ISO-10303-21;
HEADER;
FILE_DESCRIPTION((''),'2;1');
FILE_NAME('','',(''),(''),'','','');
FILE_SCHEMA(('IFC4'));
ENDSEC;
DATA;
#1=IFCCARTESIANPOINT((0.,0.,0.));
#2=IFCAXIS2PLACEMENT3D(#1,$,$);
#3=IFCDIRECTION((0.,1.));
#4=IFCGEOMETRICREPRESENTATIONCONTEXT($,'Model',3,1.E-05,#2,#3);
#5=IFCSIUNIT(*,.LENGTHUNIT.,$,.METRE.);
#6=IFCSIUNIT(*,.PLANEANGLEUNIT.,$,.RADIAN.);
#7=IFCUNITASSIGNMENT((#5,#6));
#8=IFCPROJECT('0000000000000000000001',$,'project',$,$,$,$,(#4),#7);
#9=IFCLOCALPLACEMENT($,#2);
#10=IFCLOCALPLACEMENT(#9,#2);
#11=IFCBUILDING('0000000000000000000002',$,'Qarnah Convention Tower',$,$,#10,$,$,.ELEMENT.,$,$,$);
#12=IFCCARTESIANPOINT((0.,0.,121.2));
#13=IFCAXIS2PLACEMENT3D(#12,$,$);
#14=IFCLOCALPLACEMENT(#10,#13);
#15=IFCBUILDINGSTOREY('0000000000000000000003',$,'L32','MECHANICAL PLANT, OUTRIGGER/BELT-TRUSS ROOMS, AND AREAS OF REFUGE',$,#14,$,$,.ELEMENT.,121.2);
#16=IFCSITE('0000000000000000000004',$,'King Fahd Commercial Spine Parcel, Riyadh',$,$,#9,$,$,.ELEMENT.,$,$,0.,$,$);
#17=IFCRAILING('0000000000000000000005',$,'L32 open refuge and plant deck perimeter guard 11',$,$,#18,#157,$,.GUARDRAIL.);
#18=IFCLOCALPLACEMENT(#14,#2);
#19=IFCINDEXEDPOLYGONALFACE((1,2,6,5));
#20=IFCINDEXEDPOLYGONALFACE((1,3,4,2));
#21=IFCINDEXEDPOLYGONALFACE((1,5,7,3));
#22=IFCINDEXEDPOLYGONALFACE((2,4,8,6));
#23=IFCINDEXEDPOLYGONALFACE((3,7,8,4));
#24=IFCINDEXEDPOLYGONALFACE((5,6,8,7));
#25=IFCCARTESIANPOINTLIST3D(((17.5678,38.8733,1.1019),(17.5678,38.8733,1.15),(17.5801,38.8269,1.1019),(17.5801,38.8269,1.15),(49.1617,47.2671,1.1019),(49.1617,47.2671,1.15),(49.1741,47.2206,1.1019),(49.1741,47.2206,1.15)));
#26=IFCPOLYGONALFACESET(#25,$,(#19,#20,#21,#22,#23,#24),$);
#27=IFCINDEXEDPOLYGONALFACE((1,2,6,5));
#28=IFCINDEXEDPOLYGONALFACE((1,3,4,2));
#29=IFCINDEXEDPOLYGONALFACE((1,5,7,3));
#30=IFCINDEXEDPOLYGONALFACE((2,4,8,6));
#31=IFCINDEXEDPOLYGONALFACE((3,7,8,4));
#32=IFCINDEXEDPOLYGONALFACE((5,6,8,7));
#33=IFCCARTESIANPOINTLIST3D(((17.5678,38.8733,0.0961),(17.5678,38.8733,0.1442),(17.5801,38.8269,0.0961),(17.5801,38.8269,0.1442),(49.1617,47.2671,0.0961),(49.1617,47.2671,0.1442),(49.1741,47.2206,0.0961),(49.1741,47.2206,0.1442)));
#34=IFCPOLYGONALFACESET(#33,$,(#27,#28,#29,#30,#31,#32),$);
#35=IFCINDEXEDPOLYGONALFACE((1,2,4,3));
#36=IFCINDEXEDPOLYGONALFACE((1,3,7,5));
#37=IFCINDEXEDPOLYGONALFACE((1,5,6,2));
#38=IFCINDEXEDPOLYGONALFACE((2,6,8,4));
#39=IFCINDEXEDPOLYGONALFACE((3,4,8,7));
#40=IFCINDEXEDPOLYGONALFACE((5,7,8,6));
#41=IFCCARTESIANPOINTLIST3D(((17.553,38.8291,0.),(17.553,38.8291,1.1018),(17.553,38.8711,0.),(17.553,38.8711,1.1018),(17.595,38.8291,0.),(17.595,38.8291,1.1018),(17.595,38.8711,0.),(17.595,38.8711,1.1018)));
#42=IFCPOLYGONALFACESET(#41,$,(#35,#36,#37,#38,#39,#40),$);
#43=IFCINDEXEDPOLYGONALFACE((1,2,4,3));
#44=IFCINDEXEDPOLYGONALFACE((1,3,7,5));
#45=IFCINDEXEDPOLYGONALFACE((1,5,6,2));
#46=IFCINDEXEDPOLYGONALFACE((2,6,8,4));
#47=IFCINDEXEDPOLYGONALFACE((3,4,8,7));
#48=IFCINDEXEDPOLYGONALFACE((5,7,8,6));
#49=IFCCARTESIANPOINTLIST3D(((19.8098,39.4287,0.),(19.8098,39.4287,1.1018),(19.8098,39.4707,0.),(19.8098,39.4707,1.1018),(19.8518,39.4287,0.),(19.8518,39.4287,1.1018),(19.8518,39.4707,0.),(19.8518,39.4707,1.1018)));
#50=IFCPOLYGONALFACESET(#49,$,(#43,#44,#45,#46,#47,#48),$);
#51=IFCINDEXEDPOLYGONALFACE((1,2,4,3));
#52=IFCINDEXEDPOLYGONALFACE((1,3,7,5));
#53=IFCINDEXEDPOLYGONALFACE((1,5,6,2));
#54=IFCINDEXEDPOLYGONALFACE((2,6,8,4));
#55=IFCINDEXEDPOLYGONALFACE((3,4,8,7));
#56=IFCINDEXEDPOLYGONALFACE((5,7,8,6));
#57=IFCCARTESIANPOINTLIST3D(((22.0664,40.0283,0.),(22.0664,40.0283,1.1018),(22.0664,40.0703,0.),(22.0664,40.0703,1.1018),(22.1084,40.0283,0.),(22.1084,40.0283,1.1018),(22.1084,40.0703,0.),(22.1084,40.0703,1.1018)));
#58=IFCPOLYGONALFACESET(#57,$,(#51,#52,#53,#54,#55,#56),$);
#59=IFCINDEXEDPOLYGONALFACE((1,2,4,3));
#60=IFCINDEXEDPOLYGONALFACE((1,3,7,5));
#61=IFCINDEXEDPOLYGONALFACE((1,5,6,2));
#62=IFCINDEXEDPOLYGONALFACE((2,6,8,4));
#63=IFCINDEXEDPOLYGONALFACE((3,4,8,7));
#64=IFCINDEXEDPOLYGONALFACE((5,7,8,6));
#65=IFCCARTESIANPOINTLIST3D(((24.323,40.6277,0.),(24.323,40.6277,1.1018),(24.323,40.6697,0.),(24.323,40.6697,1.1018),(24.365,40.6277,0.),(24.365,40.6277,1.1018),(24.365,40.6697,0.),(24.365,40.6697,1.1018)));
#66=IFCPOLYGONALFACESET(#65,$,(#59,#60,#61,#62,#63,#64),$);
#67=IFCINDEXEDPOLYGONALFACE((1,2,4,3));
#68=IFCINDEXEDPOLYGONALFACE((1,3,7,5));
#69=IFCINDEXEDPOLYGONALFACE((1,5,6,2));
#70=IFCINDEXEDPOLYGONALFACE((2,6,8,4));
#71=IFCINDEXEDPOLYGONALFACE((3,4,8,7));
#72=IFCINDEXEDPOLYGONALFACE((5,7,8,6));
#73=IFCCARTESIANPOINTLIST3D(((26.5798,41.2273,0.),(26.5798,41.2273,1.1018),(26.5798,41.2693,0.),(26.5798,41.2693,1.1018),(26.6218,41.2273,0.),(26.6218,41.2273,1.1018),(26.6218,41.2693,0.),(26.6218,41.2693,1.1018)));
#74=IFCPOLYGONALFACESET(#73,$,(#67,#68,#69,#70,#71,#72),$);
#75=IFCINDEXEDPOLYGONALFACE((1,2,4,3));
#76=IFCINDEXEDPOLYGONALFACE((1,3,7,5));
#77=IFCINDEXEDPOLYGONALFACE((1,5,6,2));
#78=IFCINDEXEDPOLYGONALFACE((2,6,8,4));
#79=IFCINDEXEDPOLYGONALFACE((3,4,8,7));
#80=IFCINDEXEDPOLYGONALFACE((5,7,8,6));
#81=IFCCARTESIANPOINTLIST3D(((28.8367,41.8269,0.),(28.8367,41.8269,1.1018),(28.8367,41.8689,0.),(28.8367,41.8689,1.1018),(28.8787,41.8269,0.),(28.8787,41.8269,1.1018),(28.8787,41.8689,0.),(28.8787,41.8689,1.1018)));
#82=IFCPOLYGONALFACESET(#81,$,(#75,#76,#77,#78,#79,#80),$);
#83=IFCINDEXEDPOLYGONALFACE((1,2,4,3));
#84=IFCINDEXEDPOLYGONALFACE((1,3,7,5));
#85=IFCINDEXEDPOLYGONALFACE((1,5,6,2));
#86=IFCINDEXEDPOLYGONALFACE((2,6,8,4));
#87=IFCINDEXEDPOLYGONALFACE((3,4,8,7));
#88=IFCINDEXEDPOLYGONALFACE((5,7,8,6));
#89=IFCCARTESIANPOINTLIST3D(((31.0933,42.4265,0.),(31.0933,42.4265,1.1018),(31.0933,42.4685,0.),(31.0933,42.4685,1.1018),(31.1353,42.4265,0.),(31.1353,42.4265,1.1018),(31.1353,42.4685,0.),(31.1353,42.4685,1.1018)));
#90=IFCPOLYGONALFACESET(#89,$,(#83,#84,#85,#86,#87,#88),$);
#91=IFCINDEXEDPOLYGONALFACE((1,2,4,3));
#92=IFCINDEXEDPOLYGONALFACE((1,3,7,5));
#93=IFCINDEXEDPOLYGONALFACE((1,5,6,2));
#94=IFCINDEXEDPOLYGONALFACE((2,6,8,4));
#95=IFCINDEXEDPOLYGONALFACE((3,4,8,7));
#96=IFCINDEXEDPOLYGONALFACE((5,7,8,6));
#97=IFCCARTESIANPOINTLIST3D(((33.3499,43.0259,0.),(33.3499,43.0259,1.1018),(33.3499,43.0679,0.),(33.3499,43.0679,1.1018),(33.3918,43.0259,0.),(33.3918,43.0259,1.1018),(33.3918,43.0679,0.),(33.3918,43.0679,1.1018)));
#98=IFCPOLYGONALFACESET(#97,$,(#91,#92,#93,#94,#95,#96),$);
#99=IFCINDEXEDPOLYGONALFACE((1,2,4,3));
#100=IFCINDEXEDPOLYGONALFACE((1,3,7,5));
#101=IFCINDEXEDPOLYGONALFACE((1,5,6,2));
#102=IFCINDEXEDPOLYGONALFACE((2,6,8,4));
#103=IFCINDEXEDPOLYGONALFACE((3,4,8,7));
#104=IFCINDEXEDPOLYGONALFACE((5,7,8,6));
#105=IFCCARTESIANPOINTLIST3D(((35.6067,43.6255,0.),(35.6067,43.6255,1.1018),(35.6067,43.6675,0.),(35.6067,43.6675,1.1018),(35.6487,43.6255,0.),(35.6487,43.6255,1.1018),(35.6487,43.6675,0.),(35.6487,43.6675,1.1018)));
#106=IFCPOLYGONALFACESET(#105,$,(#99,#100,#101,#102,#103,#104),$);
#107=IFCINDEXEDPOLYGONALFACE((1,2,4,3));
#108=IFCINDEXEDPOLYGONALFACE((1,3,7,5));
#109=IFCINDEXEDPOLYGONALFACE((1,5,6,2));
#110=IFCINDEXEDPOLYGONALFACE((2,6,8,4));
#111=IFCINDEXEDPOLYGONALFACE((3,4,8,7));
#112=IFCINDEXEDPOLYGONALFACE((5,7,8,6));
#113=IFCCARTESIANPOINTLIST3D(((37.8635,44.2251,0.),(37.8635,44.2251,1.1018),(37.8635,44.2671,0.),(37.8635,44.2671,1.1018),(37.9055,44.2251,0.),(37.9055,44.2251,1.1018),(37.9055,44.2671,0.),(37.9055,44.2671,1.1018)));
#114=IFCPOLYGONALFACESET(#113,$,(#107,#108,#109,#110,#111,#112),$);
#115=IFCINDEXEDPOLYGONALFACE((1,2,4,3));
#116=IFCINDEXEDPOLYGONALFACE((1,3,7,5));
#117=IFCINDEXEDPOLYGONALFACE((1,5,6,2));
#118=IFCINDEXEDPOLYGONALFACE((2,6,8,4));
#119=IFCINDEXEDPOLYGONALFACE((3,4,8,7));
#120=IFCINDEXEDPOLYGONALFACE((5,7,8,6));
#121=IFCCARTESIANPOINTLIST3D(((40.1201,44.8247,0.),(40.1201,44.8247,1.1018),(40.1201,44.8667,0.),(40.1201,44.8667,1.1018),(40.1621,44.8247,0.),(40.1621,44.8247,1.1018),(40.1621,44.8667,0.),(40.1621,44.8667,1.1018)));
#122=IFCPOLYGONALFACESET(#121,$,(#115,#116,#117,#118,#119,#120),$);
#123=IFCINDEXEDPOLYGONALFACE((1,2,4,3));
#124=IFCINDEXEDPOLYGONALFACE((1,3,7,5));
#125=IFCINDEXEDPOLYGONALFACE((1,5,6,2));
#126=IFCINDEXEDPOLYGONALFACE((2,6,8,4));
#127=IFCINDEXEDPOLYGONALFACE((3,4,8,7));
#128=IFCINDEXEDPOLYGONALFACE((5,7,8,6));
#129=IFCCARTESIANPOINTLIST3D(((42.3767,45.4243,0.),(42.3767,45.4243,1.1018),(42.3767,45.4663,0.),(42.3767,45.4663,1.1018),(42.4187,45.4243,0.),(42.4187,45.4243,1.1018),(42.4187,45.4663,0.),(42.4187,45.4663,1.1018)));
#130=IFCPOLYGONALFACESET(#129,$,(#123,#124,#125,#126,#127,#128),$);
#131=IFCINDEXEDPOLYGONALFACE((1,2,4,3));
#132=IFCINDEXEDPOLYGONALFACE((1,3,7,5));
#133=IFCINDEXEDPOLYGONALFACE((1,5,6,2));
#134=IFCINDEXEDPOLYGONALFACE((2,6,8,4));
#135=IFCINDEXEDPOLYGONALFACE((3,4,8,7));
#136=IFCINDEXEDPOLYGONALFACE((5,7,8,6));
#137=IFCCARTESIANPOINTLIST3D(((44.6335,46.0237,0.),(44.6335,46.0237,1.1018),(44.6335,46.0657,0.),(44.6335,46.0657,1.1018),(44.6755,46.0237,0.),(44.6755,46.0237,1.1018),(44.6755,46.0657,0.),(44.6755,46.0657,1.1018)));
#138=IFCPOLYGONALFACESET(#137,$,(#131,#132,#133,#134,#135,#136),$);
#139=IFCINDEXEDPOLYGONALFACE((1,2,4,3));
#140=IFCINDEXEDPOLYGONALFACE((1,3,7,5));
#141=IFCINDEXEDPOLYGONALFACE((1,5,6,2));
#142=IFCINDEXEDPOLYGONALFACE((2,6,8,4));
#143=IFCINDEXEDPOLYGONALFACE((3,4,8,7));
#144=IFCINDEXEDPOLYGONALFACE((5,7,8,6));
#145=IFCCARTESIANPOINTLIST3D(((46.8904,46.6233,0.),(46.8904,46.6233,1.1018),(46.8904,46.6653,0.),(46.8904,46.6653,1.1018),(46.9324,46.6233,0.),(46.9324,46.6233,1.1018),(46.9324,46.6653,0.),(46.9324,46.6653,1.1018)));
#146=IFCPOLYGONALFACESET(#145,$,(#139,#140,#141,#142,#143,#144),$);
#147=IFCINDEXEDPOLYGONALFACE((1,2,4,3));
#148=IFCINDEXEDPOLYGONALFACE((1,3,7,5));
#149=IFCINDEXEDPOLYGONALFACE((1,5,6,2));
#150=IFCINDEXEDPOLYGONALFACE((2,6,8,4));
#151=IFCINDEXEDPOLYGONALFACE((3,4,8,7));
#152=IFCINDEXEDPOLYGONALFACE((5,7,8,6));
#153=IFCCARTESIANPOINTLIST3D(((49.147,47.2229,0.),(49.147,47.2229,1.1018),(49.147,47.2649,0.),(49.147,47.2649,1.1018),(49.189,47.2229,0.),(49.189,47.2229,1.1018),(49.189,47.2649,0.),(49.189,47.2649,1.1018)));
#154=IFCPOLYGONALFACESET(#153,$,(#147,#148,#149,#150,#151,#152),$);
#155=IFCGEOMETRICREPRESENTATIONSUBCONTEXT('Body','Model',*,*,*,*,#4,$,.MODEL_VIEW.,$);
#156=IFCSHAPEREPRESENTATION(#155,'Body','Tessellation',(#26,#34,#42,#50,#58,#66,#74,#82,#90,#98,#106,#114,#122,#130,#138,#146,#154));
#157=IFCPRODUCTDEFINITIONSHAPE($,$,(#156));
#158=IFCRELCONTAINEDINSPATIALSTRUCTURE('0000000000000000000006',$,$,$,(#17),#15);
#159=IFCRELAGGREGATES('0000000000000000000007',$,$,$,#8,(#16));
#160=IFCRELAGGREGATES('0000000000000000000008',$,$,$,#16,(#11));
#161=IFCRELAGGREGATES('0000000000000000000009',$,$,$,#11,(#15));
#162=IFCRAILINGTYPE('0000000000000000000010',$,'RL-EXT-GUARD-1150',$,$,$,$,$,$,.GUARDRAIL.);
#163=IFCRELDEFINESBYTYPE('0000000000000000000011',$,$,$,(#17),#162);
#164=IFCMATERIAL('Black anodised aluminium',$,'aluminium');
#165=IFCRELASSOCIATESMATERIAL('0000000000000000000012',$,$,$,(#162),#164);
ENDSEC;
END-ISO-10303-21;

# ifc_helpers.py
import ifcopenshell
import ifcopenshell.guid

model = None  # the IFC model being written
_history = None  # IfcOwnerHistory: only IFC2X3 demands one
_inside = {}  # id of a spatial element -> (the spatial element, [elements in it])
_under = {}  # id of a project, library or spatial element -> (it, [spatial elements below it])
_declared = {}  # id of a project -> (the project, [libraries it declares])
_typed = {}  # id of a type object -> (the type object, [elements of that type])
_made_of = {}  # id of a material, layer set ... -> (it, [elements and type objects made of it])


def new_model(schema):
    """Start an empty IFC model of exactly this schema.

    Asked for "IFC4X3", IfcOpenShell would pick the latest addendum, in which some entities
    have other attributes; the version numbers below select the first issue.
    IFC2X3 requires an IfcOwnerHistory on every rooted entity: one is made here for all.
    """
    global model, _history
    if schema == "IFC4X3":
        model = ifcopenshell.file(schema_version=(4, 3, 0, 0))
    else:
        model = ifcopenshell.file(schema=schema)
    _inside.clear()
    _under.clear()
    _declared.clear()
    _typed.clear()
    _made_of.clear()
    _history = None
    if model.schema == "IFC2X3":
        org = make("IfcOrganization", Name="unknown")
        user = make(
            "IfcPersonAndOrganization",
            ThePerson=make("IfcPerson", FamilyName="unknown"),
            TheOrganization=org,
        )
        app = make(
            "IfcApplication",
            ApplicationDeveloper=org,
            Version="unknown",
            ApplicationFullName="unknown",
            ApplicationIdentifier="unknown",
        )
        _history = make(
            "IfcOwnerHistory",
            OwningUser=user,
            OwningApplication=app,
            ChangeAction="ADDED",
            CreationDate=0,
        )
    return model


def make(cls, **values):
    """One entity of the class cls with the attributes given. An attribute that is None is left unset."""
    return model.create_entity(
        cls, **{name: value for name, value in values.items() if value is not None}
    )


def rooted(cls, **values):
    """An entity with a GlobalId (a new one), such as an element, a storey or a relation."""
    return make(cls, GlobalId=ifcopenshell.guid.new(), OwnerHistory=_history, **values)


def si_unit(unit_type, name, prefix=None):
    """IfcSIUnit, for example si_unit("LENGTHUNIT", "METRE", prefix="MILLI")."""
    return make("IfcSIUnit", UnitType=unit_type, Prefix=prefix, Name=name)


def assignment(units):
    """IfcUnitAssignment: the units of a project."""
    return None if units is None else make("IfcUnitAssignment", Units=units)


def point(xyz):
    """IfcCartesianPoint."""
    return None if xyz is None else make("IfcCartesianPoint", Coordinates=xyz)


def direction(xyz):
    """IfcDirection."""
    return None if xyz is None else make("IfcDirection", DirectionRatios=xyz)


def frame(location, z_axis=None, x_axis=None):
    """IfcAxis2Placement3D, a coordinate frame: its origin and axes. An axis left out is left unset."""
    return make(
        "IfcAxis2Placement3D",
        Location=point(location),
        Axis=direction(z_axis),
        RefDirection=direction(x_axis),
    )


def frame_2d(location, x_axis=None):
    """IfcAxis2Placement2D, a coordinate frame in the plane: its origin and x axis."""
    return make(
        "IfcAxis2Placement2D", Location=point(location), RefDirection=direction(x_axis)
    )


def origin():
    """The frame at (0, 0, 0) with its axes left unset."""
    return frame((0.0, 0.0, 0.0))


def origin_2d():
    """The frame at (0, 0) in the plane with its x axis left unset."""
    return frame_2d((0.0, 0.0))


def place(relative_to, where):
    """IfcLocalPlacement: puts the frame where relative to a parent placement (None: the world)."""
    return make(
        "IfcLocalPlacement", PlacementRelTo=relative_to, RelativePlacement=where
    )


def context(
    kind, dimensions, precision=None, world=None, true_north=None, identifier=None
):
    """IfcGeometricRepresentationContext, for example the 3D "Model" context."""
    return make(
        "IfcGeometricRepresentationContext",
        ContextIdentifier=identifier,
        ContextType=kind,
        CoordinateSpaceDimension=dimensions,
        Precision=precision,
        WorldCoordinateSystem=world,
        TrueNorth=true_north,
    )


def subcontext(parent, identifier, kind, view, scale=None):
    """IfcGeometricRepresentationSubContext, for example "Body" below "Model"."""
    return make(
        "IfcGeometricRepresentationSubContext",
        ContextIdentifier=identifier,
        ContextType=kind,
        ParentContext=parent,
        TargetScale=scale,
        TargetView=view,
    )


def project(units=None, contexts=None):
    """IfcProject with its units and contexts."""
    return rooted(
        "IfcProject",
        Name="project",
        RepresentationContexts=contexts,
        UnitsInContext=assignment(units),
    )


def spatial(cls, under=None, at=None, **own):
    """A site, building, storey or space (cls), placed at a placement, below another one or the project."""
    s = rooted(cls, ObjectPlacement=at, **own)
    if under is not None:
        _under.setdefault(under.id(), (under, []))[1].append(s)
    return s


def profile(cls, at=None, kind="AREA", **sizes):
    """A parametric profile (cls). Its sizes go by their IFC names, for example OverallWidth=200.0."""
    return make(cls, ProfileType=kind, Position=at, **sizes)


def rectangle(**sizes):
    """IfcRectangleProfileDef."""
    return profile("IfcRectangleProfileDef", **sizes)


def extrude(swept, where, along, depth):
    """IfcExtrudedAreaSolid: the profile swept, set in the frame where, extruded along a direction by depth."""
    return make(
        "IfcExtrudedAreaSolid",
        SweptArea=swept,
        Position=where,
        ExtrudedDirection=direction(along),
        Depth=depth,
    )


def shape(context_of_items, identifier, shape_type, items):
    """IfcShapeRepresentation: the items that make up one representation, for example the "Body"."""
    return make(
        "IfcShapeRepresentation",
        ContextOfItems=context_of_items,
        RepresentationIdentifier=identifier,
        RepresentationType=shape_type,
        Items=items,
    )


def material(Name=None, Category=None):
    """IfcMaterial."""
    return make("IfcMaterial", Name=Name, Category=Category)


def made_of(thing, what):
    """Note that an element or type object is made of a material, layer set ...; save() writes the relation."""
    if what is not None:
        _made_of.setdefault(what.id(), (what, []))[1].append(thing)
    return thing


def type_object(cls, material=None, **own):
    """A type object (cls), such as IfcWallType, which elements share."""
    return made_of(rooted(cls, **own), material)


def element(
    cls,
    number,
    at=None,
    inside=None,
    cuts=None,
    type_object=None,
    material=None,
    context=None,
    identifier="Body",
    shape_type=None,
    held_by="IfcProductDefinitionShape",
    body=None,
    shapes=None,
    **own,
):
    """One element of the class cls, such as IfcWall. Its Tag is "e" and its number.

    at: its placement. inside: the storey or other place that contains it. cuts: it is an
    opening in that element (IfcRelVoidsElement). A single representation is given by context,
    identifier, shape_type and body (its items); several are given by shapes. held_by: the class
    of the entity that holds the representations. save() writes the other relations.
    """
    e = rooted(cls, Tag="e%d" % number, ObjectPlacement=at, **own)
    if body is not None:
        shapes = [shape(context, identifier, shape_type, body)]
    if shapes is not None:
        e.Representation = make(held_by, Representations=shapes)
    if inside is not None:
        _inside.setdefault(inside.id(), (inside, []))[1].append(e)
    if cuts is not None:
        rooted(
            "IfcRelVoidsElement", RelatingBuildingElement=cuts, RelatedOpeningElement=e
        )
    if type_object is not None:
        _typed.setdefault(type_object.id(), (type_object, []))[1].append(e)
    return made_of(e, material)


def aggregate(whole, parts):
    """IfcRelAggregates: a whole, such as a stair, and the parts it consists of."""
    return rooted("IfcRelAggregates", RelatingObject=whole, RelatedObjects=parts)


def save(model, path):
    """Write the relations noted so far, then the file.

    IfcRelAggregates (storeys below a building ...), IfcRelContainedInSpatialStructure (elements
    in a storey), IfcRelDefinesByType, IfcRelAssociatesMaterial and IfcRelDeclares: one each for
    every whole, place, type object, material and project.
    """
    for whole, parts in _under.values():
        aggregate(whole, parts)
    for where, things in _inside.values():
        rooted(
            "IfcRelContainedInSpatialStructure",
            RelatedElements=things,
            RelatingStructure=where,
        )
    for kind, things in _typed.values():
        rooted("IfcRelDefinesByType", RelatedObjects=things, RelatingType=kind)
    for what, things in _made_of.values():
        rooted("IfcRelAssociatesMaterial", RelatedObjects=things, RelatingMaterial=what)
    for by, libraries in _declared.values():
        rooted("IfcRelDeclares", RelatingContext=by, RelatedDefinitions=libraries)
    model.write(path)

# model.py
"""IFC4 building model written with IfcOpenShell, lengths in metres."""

from ifc_helpers import new_model, si_unit, direction, frame, origin, origin_2d, place, context, subcontext, project, spatial, rectangle, extrude, material, type_object, element, save


model = new_model("IFC4")

# Units and contexts
model_context = context("Model", 3, precision=1e-05, world=origin(), true_north=direction((0.0, 1.0)))
body_context = subcontext(model_context, "Body", "Model", "MODEL_VIEW")
ifc_project = project(units=[si_unit("LENGTHUNIT", "METRE"), si_unit("PLANEANGLEUNIT", "RADIAN")], contexts=[model_context])

# Site, building, storey
site_placement = place(None, origin())
site = spatial("IfcSite", under=ifc_project, at=site_placement, Name="King Fahd Commercial Spine Parcel, Riyadh", CompositionType="ELEMENT", RefElevation=0.0)
building_placement = place(site_placement, origin())
building = spatial("IfcBuilding", under=site, at=building_placement, Name="Qarnah Convention Tower", CompositionType="ELEMENT")
storey_placement = place(building_placement, frame((0.0, 0.0, 121.2)))
storey = spatial("IfcBuildingStorey", under=building, at=storey_placement, Name="L32", Description="MECHANICAL PLANT, OUTRIGGER/BELT-TRUSS ROOMS, AND AREAS OF REFUGE", CompositionType="ELEMENT", Elevation=121.2)

# Railing
ifc_material_1 = material(Name="Black anodised aluminium", Category="aluminium")
railing_type = type_object("IfcRailingType", Name="RL-EXT-GUARD-1150", PredefinedType="GUARDRAIL", material=ifc_material_1)
railing_1_placement = place(storey_placement, frame((17.574, 38.8501, 0.0)))
element("IfcRailing", 1, at=railing_1_placement, inside=storey, type_object=railing_type, Name="L32 open refuge and plant deck perimeter guard 11", PredefinedType="GUARDRAIL", context=body_context, shape_type="SweptSolid", body=[
    extrude(rectangle(XDim=0.0481, YDim=0.0481, at=origin_2d()), frame((0.0, 0.0, 1.126), z_axis=(0.966473, 0.25677, 0.0), x_axis=(-0.25677, 0.966473, 0.0)), (0.0, 0.0, 1.0), 32.6899),
    extrude(rectangle(XDim=0.0481, YDim=0.0481, at=origin_2d()), frame((0.0, 0.0, 0.1201), z_axis=(0.966473, 0.25677, 0.0), x_axis=(-0.25677, 0.966473, 0.0)), (0.0, 0.0, 1.0), 32.6899),
    extrude(rectangle(XDim=0.042, YDim=0.042, at=origin_2d()), origin(), (0.0, 0.0, 1.0), 1.1018),
    extrude(rectangle(XDim=0.042, YDim=0.042, at=origin_2d()), frame((2.2568, 0.5996, 0.0)), (0.0, 0.0, 1.0), 1.1018),
    extrude(rectangle(XDim=0.042, YDim=0.042, at=origin_2d()), frame((4.5134, 1.1992, 0.0)), (0.0, 0.0, 1.0), 1.1018),
    extrude(rectangle(XDim=0.042, YDim=0.042, at=origin_2d()), frame((6.77, 1.7986, 0.0)), (0.0, 0.0, 1.0), 1.1018),
    extrude(rectangle(XDim=0.042, YDim=0.042, at=origin_2d()), frame((9.0269, 2.3982, 0.0)), (0.0, 0.0, 1.0), 1.1018),
    extrude(rectangle(XDim=0.042, YDim=0.042, at=origin_2d()), frame((11.2837, 2.9978, 0.0)), (0.0, 0.0, 1.0), 1.1018),
    extrude(rectangle(XDim=0.042, YDim=0.042, at=origin_2d()), frame((13.5403, 3.5974, 0.0)), (0.0, 0.0, 1.0), 1.1018),
    extrude(rectangle(XDim=0.042, YDim=0.042, at=origin_2d()), frame((15.7969, 4.1968, 0.0)), (0.0, 0.0, 1.0), 1.1018),
    extrude(rectangle(XDim=0.042, YDim=0.042, at=origin_2d()), frame((18.0537, 4.7964, 0.0)), (0.0, 0.0, 1.0), 1.1018),
    extrude(rectangle(XDim=0.042, YDim=0.042, at=origin_2d()), frame((20.3105, 5.396, 0.0)), (0.0, 0.0, 1.0), 1.1018),
    extrude(rectangle(XDim=0.042, YDim=0.042, at=origin_2d()), frame((22.5671, 5.9956, 0.0)), (0.0, 0.0, 1.0), 1.1018),
    extrude(rectangle(XDim=0.042, YDim=0.042, at=origin_2d()), frame((24.8237, 6.5952, 0.0)), (0.0, 0.0, 1.0), 1.1018),
    extrude(rectangle(XDim=0.042, YDim=0.042, at=origin_2d()), frame((27.0806, 7.1946, 0.0)), (0.0, 0.0, 1.0), 1.1018),
    extrude(rectangle(XDim=0.042, YDim=0.042, at=origin_2d()), frame((29.3374, 7.7942, 0.0)), (0.0, 0.0, 1.0), 1.1018),
    extrude(rectangle(XDim=0.042, YDim=0.042, at=origin_2d()), frame((31.594, 8.3938, 0.0)), (0.0, 0.0, 1.0), 1.1018),
])

save(model, "model.ifc")
